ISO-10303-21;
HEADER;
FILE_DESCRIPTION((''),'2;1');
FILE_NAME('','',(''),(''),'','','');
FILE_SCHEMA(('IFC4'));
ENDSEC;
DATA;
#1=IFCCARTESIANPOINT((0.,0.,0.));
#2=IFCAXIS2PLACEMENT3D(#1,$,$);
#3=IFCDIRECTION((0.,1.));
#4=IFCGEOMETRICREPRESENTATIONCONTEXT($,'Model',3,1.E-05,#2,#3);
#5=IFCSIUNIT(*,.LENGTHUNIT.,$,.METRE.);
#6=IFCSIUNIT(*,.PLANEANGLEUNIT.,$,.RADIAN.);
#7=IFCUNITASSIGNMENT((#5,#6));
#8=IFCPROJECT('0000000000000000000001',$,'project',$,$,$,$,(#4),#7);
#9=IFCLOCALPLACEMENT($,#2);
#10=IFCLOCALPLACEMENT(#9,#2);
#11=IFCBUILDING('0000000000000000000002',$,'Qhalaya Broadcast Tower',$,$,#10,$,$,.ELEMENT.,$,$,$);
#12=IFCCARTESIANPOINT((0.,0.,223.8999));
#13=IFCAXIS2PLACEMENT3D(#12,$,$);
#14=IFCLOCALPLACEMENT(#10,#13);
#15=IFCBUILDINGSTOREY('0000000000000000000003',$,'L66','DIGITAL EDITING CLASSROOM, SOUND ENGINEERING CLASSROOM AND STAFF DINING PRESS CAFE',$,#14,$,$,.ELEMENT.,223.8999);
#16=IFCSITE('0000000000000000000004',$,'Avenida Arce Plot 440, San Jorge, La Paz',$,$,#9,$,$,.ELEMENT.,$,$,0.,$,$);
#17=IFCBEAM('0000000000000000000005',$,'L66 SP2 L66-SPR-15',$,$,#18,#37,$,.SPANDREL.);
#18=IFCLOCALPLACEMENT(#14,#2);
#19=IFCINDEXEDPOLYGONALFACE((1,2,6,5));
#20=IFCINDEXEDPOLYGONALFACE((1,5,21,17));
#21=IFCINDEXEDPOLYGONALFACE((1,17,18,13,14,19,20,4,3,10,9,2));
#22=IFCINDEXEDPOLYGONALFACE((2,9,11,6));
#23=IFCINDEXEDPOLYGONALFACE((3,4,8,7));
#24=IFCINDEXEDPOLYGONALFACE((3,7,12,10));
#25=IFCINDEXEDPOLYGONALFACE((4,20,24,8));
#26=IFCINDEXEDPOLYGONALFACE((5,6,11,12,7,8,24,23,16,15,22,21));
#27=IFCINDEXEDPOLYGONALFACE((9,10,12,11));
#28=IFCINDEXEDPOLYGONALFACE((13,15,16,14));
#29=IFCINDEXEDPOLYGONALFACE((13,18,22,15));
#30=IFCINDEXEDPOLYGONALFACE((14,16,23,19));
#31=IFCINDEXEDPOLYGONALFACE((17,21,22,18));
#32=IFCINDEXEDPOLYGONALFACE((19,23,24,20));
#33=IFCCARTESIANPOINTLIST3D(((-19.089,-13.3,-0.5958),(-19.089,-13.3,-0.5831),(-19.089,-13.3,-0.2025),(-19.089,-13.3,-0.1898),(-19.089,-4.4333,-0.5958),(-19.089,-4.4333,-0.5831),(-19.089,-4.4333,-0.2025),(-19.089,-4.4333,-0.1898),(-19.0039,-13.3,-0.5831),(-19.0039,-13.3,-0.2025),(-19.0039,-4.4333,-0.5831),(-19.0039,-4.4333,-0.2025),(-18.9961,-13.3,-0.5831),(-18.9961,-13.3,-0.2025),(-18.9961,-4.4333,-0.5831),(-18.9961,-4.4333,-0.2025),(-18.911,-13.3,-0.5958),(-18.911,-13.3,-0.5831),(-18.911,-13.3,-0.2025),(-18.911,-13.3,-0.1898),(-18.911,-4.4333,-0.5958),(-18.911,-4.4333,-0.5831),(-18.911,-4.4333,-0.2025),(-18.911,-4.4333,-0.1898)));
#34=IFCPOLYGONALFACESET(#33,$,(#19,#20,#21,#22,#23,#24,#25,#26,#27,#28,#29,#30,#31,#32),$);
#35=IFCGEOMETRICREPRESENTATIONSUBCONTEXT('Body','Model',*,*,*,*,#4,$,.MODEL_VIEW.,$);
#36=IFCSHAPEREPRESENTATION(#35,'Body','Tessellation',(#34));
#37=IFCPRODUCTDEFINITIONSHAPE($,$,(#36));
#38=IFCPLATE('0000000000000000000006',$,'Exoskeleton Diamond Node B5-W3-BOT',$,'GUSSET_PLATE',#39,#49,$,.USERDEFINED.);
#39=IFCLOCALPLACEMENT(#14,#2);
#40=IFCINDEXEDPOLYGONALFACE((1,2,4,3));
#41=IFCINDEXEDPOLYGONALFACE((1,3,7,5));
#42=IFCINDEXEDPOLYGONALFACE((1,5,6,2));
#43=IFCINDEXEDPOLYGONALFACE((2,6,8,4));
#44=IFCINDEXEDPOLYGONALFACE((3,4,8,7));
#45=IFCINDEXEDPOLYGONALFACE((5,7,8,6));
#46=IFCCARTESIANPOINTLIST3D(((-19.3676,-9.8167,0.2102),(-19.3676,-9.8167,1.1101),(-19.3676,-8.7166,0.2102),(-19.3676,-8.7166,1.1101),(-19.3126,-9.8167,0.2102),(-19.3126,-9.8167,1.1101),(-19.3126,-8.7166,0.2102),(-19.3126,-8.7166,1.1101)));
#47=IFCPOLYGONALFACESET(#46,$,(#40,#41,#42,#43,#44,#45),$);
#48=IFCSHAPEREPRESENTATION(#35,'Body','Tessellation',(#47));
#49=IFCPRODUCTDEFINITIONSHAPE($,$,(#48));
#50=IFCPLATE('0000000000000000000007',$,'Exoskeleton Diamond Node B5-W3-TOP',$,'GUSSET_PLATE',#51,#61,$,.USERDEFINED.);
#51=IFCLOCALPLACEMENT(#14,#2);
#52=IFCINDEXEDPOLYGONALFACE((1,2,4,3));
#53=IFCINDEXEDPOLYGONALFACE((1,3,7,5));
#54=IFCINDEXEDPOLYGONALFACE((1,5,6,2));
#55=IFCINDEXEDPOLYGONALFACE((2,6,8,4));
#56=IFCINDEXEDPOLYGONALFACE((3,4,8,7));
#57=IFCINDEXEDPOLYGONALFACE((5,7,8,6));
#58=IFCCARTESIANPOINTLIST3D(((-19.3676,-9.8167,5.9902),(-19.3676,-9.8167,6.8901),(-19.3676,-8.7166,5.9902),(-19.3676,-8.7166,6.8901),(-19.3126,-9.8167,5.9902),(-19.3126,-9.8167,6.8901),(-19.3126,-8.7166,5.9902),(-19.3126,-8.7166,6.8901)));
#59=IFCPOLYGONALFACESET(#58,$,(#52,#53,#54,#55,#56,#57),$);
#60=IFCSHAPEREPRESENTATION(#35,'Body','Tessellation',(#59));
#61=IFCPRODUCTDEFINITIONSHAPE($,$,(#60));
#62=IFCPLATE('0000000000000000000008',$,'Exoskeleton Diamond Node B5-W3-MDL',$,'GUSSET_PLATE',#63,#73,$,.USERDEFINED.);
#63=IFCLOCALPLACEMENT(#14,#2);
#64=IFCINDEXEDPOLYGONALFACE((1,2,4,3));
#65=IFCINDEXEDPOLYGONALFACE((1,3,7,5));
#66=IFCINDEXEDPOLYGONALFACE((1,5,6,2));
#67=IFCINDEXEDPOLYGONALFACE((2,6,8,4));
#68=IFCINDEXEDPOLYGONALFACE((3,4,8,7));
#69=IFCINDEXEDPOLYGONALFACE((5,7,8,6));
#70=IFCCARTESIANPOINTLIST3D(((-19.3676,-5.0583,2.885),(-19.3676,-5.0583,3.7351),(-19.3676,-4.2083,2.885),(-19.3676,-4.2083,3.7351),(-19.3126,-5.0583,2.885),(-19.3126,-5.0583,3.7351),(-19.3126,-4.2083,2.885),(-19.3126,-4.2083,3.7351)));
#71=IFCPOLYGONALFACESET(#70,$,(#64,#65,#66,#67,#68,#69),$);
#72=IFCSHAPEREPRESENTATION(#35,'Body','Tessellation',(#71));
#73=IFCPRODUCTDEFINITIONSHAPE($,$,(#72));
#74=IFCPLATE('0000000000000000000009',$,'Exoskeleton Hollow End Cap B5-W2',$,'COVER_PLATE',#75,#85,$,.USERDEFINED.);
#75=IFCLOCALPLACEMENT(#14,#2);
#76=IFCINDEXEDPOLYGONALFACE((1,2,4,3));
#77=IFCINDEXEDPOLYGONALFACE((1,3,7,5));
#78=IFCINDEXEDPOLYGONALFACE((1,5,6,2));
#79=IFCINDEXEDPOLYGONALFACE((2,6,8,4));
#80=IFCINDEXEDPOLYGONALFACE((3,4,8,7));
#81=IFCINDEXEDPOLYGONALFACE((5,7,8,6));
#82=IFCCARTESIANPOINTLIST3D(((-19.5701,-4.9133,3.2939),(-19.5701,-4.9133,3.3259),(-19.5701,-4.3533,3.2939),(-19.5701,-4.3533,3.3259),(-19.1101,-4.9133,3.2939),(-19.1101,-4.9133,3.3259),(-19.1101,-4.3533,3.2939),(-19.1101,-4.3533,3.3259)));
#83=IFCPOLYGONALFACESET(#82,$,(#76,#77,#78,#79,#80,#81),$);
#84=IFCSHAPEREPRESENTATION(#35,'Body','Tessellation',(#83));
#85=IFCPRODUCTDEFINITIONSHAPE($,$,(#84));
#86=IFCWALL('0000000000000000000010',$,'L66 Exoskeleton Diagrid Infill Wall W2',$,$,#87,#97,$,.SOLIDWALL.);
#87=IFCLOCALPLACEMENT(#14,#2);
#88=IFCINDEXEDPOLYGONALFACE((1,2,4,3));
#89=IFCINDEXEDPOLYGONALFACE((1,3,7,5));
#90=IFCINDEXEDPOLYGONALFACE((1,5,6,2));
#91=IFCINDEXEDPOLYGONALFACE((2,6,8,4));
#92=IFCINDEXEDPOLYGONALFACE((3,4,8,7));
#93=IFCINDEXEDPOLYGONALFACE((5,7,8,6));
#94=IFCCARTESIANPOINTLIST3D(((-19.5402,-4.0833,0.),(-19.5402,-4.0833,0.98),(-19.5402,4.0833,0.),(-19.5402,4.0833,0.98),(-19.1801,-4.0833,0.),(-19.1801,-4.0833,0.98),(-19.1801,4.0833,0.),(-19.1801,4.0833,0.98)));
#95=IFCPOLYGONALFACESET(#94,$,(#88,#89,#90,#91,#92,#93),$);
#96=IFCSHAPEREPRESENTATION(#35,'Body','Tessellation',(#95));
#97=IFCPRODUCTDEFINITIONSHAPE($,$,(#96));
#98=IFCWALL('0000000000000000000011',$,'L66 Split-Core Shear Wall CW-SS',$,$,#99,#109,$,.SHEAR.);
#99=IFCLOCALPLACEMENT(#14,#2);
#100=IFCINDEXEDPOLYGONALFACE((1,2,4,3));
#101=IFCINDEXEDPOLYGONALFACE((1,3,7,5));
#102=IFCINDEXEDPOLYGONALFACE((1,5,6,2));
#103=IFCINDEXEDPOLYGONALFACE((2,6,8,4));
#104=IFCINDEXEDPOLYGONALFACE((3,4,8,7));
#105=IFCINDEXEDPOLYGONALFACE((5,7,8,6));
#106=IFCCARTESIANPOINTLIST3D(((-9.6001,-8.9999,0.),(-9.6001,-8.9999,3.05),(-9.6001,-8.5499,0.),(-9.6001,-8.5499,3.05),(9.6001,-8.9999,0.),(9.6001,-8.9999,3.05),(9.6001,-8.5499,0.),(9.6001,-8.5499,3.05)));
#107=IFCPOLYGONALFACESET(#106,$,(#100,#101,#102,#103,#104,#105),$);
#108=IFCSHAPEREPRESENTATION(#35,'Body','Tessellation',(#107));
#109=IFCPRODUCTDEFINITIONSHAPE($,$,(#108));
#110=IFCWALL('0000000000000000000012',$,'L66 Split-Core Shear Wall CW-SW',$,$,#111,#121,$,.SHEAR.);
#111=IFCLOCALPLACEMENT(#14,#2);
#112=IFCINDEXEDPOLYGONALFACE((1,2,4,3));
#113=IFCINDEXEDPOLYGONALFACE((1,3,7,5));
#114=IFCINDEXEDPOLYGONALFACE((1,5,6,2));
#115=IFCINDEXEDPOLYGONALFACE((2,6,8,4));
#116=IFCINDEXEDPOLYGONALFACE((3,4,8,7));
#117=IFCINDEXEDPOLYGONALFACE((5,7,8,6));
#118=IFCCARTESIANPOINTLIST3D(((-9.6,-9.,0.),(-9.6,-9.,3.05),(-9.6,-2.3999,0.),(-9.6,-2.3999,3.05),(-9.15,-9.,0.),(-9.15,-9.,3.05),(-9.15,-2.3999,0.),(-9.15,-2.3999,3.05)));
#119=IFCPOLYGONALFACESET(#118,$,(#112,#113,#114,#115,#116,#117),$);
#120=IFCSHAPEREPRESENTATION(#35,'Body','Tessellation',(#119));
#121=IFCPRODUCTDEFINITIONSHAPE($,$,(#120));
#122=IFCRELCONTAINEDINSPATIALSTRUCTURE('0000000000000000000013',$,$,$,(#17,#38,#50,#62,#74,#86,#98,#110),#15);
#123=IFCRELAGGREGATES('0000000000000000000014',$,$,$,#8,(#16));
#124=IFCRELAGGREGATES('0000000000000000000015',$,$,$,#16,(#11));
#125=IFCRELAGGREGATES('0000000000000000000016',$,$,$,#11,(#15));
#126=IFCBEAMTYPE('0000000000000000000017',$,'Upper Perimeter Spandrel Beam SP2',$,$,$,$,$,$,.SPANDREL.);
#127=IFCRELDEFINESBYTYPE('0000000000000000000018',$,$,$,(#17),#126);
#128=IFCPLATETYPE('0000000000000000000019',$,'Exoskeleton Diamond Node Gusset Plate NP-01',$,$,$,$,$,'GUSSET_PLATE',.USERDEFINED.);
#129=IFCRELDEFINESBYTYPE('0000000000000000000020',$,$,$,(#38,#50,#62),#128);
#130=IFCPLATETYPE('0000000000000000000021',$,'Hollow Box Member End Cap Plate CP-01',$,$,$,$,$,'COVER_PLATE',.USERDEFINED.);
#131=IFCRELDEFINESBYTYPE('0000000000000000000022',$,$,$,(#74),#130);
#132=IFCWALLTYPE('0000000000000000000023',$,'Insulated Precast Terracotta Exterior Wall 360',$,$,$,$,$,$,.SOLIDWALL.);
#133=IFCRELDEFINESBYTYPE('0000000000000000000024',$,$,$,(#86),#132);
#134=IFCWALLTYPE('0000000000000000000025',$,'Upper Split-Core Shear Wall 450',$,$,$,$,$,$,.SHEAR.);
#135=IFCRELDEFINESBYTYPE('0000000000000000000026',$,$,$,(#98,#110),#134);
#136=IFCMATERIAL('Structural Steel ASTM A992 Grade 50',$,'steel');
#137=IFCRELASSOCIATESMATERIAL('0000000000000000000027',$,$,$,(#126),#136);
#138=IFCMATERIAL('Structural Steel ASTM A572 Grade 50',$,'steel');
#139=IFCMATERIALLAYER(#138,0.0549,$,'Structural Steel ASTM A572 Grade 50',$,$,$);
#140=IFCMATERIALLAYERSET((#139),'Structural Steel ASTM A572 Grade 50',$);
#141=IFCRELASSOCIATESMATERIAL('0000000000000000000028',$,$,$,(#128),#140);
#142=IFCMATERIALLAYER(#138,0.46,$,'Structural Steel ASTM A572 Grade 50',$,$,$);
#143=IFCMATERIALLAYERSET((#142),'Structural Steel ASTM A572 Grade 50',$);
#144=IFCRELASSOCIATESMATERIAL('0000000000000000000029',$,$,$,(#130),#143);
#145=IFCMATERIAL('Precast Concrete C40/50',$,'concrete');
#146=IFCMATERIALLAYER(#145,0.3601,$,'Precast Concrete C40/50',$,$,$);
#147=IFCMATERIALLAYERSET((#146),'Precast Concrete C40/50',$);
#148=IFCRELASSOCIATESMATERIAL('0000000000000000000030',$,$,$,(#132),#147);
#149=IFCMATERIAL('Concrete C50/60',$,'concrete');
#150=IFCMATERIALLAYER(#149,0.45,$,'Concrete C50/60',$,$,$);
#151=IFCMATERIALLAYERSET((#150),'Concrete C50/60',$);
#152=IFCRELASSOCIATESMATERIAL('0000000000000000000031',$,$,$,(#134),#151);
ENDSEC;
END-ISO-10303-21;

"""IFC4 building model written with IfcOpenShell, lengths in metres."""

from ifc_helpers import new_model, si_unit, direction, frame, frame_2d, origin, origin_2d, place, context, subcontext, project, spatial, rectangle, i_section, extrude, material, layer, layer_set, material_profile, profile_set, type_object, element, save


model = new_model("IFC4")

# Units and contexts
model_context = context("Model", 3, precision=1e-05, world=origin(), true_north=direction((0.0, 1.0)))
body_context = subcontext(model_context, "Body", "Model", "MODEL_VIEW")
ifc_project = project(units=[si_unit("LENGTHUNIT", "METRE"), si_unit("PLANEANGLEUNIT", "RADIAN")], contexts=[model_context])

# Site, building, storey
site_placement = place(None, origin())
site = spatial("IfcSite", under=ifc_project, at=site_placement, Name="Avenida Arce Plot 440, San Jorge, La Paz", CompositionType="ELEMENT", RefElevation=0.0)
building_placement = place(site_placement, origin())
building = spatial("IfcBuilding", under=site, at=building_placement, Name="Qhalaya Broadcast Tower", CompositionType="ELEMENT")
storey_placement = place(building_placement, frame((0.0, 0.0, 223.8999)))
storey = spatial("IfcBuildingStorey", under=building, at=storey_placement, Name="L66", Description="DIGITAL EDITING CLASSROOM, SOUND ENGINEERING CLASSROOM AND STAFF DINING PRESS CAFE", CompositionType="ELEMENT", Elevation=223.8999)

# Shared definitions
ifc_material_1 = material(Name="Structural Steel ASTM A572 Grade 50", Category="steel")

# Shared definitions
ifc_material_2 = material(Name="Structural Steel ASTM A992 Grade 50", Category="steel")

# Beam
ifc_material_profile_1 = material_profile(ifc_material_2, i_section(OverallWidth=0.178, OverallDepth=0.406, WebThickness=0.0078, FlangeThickness=0.0127, at=origin_2d()), Name="W16X40")
ifc_profile_set_1 = profile_set([ifc_material_profile_1], Name="Structural Steel ASTM A992 Grade 50")
beam_type_1 = type_object("IfcBeamType", Name="Upper Perimeter Spandrel Beam SP2", PredefinedType="SPANDREL", material=ifc_profile_set_1)
beam_1_placement = place(storey_placement, frame((-19.0, -4.4333, -0.3928), z_axis=(0.0, -1.0, 0.0), x_axis=(1.0, 0.0, 0.0)))
element("IfcBeam", 1, at=beam_1_placement, inside=storey, type_object=beam_type_1, Name="L66 SP2 L66-SPR-15", PredefinedType="SPANDREL", context=body_context, shape_type="SweptSolid", body=[
    extrude(i_section(OverallWidth=0.178, OverallDepth=0.406, WebThickness=0.0078, FlangeThickness=0.0127, at=origin_2d()), origin(), (0.0, 0.0, 1.0), 8.8667),
])

# Plates
ifc_layer_1 = layer(ifc_material_1, 0.0549, Name="Structural Steel ASTM A572 Grade 50")
ifc_layer_set_1 = layer_set([ifc_layer_1], Name="Structural Steel ASTM A572 Grade 50")
plate_type_1 = type_object("IfcPlateType", Name="Exoskeleton Diamond Node Gusset Plate NP-01", ElementType="GUSSET_PLATE", PredefinedType="USERDEFINED", material=ifc_layer_set_1)
for number, where, z_axis, x_axis, name in (
    (2, (-19.3401, -9.2666, 0.2102), (0.0, 0.0, 1.0), (0.0, 1.0, 0.0), "Exoskeleton Diamond Node B5-W3-BOT"),
    (3, (-19.3401, -9.2666, 5.9902), (0.0, 0.0, 1.0), (0.0, 1.0, 0.0), "Exoskeleton Diamond Node B5-W3-TOP"),
):
    element("IfcPlate", number, at=place(storey_placement, frame(where, z_axis=z_axis, x_axis=x_axis)), inside=storey, type_object=plate_type_1, Name=name, ObjectType="GUSSET_PLATE", PredefinedType="USERDEFINED", context=body_context, shape_type="SweptSolid", body=[
        extrude(rectangle(XDim=1.1001, YDim=0.0549, at=origin_2d()), origin(), (0.0, 0.0, 1.0), 0.8999),
    ])
plate_1_placement = place(storey_placement, frame((-19.3401, -4.6333, 2.885), z_axis=(0.0, 0.0, 1.0), x_axis=(0.0, 1.0, 0.0)))
element("IfcPlate", 4, at=plate_1_placement, inside=storey, type_object=plate_type_1, Name="Exoskeleton Diamond Node B5-W3-MDL", ObjectType="GUSSET_PLATE", PredefinedType="USERDEFINED", context=body_context, shape_type="SweptSolid", body=[
    extrude(rectangle(XDim=0.8501, YDim=0.0549, at=origin_2d()), origin(), (0.0, 0.0, 1.0), 0.8501),
])
ifc_layer_2 = layer(ifc_material_1, 0.46, Name="Structural Steel ASTM A572 Grade 50")
ifc_layer_set_2 = layer_set([ifc_layer_2], Name="Structural Steel ASTM A572 Grade 50")
plate_type_2 = type_object("IfcPlateType", Name="Hollow Box Member End Cap Plate CP-01", ElementType="COVER_PLATE", PredefinedType="USERDEFINED", material=ifc_layer_set_2)
plate_2_placement = place(storey_placement, frame((-19.3401, -4.6333, 3.2939), z_axis=(0.0, 0.0, 1.0), x_axis=(0.0, 1.0, 0.0)))
element("IfcPlate", 5, at=plate_2_placement, inside=storey, type_object=plate_type_2, Name="Exoskeleton Hollow End Cap B5-W2", ObjectType="COVER_PLATE", PredefinedType="USERDEFINED", context=body_context, shape_type="SweptSolid", body=[
    extrude(rectangle(XDim=0.5601, YDim=0.46, at=origin_2d()), origin(), (0.0, 0.0, 1.0), 0.032),
])

# Walls
ifc_material_3 = material(Name="Precast Concrete C40/50", Category="concrete")
ifc_layer_3 = layer(ifc_material_3, 0.3601, Name="Precast Concrete C40/50")
ifc_layer_set_3 = layer_set([ifc_layer_3], Name="Precast Concrete C40/50")
wall_type_1 = type_object("IfcWallType", Name="Insulated Precast Terracotta Exterior Wall 360", PredefinedType="SOLIDWALL", material=ifc_layer_set_3)
wall_1_placement = place(storey_placement, frame((-19.3601, -4.0833, 0.0), z_axis=(0.0, 0.0, 1.0), x_axis=(0.0, 1.0, 0.0)))
element("IfcWall", 6, at=wall_1_placement, inside=storey, type_object=wall_type_1, Name="L66 Exoskeleton Diagrid Infill Wall W2", PredefinedType="SOLIDWALL", context=body_context, shape_type="SweptSolid", body=[
    extrude(rectangle(XDim=8.1665, YDim=0.3601, at=frame_2d((4.0833, 0.0))), origin(), (0.0, 0.0, 1.0), 0.98),
])
ifc_material_4 = material(Name="Concrete C50/60", Category="concrete")
ifc_layer_4 = layer(ifc_material_4, 0.45, Name="Concrete C50/60")
ifc_layer_set_4 = layer_set([ifc_layer_4], Name="Concrete C50/60")
wall_type_2 = type_object("IfcWallType", Name="Upper Split-Core Shear Wall 450", PredefinedType="SHEAR", material=ifc_layer_set_4)
wall_2_placement = place(storey_placement, frame((-9.6001, -8.7749, 0.0), z_axis=(0.0, 0.0, 1.0), x_axis=(1.0, 0.0, 0.0)))
element("IfcWall", 7, at=wall_2_placement, inside=storey, type_object=wall_type_2, Name="L66 Split-Core Shear Wall CW-SS", PredefinedType="SHEAR", context=body_context, shape_type="SweptSolid", body=[
    extrude(rectangle(XDim=19.2002, YDim=0.45, at=frame_2d((9.6001, 0.0))), origin(), (0.0, 0.0, 1.0), 3.05),
])

# Wall
wall_3_placement = place(storey_placement, frame((-9.375, -9.0, 0.0), z_axis=(0.0, 0.0, 1.0), x_axis=(0.0, 1.0, 0.0)))
element("IfcWall", 8, at=wall_3_placement, inside=storey, type_object=wall_type_2, Name="L66 Split-Core Shear Wall CW-SW", PredefinedType="SHEAR", context=body_context, shape_type="SweptSolid", body=[
    extrude(rectangle(XDim=6.6001, YDim=0.45, at=frame_2d((3.3, 0.0))), origin(), (0.0, 0.0, 1.0), 3.05),
])

save(model, "model.ifc")
